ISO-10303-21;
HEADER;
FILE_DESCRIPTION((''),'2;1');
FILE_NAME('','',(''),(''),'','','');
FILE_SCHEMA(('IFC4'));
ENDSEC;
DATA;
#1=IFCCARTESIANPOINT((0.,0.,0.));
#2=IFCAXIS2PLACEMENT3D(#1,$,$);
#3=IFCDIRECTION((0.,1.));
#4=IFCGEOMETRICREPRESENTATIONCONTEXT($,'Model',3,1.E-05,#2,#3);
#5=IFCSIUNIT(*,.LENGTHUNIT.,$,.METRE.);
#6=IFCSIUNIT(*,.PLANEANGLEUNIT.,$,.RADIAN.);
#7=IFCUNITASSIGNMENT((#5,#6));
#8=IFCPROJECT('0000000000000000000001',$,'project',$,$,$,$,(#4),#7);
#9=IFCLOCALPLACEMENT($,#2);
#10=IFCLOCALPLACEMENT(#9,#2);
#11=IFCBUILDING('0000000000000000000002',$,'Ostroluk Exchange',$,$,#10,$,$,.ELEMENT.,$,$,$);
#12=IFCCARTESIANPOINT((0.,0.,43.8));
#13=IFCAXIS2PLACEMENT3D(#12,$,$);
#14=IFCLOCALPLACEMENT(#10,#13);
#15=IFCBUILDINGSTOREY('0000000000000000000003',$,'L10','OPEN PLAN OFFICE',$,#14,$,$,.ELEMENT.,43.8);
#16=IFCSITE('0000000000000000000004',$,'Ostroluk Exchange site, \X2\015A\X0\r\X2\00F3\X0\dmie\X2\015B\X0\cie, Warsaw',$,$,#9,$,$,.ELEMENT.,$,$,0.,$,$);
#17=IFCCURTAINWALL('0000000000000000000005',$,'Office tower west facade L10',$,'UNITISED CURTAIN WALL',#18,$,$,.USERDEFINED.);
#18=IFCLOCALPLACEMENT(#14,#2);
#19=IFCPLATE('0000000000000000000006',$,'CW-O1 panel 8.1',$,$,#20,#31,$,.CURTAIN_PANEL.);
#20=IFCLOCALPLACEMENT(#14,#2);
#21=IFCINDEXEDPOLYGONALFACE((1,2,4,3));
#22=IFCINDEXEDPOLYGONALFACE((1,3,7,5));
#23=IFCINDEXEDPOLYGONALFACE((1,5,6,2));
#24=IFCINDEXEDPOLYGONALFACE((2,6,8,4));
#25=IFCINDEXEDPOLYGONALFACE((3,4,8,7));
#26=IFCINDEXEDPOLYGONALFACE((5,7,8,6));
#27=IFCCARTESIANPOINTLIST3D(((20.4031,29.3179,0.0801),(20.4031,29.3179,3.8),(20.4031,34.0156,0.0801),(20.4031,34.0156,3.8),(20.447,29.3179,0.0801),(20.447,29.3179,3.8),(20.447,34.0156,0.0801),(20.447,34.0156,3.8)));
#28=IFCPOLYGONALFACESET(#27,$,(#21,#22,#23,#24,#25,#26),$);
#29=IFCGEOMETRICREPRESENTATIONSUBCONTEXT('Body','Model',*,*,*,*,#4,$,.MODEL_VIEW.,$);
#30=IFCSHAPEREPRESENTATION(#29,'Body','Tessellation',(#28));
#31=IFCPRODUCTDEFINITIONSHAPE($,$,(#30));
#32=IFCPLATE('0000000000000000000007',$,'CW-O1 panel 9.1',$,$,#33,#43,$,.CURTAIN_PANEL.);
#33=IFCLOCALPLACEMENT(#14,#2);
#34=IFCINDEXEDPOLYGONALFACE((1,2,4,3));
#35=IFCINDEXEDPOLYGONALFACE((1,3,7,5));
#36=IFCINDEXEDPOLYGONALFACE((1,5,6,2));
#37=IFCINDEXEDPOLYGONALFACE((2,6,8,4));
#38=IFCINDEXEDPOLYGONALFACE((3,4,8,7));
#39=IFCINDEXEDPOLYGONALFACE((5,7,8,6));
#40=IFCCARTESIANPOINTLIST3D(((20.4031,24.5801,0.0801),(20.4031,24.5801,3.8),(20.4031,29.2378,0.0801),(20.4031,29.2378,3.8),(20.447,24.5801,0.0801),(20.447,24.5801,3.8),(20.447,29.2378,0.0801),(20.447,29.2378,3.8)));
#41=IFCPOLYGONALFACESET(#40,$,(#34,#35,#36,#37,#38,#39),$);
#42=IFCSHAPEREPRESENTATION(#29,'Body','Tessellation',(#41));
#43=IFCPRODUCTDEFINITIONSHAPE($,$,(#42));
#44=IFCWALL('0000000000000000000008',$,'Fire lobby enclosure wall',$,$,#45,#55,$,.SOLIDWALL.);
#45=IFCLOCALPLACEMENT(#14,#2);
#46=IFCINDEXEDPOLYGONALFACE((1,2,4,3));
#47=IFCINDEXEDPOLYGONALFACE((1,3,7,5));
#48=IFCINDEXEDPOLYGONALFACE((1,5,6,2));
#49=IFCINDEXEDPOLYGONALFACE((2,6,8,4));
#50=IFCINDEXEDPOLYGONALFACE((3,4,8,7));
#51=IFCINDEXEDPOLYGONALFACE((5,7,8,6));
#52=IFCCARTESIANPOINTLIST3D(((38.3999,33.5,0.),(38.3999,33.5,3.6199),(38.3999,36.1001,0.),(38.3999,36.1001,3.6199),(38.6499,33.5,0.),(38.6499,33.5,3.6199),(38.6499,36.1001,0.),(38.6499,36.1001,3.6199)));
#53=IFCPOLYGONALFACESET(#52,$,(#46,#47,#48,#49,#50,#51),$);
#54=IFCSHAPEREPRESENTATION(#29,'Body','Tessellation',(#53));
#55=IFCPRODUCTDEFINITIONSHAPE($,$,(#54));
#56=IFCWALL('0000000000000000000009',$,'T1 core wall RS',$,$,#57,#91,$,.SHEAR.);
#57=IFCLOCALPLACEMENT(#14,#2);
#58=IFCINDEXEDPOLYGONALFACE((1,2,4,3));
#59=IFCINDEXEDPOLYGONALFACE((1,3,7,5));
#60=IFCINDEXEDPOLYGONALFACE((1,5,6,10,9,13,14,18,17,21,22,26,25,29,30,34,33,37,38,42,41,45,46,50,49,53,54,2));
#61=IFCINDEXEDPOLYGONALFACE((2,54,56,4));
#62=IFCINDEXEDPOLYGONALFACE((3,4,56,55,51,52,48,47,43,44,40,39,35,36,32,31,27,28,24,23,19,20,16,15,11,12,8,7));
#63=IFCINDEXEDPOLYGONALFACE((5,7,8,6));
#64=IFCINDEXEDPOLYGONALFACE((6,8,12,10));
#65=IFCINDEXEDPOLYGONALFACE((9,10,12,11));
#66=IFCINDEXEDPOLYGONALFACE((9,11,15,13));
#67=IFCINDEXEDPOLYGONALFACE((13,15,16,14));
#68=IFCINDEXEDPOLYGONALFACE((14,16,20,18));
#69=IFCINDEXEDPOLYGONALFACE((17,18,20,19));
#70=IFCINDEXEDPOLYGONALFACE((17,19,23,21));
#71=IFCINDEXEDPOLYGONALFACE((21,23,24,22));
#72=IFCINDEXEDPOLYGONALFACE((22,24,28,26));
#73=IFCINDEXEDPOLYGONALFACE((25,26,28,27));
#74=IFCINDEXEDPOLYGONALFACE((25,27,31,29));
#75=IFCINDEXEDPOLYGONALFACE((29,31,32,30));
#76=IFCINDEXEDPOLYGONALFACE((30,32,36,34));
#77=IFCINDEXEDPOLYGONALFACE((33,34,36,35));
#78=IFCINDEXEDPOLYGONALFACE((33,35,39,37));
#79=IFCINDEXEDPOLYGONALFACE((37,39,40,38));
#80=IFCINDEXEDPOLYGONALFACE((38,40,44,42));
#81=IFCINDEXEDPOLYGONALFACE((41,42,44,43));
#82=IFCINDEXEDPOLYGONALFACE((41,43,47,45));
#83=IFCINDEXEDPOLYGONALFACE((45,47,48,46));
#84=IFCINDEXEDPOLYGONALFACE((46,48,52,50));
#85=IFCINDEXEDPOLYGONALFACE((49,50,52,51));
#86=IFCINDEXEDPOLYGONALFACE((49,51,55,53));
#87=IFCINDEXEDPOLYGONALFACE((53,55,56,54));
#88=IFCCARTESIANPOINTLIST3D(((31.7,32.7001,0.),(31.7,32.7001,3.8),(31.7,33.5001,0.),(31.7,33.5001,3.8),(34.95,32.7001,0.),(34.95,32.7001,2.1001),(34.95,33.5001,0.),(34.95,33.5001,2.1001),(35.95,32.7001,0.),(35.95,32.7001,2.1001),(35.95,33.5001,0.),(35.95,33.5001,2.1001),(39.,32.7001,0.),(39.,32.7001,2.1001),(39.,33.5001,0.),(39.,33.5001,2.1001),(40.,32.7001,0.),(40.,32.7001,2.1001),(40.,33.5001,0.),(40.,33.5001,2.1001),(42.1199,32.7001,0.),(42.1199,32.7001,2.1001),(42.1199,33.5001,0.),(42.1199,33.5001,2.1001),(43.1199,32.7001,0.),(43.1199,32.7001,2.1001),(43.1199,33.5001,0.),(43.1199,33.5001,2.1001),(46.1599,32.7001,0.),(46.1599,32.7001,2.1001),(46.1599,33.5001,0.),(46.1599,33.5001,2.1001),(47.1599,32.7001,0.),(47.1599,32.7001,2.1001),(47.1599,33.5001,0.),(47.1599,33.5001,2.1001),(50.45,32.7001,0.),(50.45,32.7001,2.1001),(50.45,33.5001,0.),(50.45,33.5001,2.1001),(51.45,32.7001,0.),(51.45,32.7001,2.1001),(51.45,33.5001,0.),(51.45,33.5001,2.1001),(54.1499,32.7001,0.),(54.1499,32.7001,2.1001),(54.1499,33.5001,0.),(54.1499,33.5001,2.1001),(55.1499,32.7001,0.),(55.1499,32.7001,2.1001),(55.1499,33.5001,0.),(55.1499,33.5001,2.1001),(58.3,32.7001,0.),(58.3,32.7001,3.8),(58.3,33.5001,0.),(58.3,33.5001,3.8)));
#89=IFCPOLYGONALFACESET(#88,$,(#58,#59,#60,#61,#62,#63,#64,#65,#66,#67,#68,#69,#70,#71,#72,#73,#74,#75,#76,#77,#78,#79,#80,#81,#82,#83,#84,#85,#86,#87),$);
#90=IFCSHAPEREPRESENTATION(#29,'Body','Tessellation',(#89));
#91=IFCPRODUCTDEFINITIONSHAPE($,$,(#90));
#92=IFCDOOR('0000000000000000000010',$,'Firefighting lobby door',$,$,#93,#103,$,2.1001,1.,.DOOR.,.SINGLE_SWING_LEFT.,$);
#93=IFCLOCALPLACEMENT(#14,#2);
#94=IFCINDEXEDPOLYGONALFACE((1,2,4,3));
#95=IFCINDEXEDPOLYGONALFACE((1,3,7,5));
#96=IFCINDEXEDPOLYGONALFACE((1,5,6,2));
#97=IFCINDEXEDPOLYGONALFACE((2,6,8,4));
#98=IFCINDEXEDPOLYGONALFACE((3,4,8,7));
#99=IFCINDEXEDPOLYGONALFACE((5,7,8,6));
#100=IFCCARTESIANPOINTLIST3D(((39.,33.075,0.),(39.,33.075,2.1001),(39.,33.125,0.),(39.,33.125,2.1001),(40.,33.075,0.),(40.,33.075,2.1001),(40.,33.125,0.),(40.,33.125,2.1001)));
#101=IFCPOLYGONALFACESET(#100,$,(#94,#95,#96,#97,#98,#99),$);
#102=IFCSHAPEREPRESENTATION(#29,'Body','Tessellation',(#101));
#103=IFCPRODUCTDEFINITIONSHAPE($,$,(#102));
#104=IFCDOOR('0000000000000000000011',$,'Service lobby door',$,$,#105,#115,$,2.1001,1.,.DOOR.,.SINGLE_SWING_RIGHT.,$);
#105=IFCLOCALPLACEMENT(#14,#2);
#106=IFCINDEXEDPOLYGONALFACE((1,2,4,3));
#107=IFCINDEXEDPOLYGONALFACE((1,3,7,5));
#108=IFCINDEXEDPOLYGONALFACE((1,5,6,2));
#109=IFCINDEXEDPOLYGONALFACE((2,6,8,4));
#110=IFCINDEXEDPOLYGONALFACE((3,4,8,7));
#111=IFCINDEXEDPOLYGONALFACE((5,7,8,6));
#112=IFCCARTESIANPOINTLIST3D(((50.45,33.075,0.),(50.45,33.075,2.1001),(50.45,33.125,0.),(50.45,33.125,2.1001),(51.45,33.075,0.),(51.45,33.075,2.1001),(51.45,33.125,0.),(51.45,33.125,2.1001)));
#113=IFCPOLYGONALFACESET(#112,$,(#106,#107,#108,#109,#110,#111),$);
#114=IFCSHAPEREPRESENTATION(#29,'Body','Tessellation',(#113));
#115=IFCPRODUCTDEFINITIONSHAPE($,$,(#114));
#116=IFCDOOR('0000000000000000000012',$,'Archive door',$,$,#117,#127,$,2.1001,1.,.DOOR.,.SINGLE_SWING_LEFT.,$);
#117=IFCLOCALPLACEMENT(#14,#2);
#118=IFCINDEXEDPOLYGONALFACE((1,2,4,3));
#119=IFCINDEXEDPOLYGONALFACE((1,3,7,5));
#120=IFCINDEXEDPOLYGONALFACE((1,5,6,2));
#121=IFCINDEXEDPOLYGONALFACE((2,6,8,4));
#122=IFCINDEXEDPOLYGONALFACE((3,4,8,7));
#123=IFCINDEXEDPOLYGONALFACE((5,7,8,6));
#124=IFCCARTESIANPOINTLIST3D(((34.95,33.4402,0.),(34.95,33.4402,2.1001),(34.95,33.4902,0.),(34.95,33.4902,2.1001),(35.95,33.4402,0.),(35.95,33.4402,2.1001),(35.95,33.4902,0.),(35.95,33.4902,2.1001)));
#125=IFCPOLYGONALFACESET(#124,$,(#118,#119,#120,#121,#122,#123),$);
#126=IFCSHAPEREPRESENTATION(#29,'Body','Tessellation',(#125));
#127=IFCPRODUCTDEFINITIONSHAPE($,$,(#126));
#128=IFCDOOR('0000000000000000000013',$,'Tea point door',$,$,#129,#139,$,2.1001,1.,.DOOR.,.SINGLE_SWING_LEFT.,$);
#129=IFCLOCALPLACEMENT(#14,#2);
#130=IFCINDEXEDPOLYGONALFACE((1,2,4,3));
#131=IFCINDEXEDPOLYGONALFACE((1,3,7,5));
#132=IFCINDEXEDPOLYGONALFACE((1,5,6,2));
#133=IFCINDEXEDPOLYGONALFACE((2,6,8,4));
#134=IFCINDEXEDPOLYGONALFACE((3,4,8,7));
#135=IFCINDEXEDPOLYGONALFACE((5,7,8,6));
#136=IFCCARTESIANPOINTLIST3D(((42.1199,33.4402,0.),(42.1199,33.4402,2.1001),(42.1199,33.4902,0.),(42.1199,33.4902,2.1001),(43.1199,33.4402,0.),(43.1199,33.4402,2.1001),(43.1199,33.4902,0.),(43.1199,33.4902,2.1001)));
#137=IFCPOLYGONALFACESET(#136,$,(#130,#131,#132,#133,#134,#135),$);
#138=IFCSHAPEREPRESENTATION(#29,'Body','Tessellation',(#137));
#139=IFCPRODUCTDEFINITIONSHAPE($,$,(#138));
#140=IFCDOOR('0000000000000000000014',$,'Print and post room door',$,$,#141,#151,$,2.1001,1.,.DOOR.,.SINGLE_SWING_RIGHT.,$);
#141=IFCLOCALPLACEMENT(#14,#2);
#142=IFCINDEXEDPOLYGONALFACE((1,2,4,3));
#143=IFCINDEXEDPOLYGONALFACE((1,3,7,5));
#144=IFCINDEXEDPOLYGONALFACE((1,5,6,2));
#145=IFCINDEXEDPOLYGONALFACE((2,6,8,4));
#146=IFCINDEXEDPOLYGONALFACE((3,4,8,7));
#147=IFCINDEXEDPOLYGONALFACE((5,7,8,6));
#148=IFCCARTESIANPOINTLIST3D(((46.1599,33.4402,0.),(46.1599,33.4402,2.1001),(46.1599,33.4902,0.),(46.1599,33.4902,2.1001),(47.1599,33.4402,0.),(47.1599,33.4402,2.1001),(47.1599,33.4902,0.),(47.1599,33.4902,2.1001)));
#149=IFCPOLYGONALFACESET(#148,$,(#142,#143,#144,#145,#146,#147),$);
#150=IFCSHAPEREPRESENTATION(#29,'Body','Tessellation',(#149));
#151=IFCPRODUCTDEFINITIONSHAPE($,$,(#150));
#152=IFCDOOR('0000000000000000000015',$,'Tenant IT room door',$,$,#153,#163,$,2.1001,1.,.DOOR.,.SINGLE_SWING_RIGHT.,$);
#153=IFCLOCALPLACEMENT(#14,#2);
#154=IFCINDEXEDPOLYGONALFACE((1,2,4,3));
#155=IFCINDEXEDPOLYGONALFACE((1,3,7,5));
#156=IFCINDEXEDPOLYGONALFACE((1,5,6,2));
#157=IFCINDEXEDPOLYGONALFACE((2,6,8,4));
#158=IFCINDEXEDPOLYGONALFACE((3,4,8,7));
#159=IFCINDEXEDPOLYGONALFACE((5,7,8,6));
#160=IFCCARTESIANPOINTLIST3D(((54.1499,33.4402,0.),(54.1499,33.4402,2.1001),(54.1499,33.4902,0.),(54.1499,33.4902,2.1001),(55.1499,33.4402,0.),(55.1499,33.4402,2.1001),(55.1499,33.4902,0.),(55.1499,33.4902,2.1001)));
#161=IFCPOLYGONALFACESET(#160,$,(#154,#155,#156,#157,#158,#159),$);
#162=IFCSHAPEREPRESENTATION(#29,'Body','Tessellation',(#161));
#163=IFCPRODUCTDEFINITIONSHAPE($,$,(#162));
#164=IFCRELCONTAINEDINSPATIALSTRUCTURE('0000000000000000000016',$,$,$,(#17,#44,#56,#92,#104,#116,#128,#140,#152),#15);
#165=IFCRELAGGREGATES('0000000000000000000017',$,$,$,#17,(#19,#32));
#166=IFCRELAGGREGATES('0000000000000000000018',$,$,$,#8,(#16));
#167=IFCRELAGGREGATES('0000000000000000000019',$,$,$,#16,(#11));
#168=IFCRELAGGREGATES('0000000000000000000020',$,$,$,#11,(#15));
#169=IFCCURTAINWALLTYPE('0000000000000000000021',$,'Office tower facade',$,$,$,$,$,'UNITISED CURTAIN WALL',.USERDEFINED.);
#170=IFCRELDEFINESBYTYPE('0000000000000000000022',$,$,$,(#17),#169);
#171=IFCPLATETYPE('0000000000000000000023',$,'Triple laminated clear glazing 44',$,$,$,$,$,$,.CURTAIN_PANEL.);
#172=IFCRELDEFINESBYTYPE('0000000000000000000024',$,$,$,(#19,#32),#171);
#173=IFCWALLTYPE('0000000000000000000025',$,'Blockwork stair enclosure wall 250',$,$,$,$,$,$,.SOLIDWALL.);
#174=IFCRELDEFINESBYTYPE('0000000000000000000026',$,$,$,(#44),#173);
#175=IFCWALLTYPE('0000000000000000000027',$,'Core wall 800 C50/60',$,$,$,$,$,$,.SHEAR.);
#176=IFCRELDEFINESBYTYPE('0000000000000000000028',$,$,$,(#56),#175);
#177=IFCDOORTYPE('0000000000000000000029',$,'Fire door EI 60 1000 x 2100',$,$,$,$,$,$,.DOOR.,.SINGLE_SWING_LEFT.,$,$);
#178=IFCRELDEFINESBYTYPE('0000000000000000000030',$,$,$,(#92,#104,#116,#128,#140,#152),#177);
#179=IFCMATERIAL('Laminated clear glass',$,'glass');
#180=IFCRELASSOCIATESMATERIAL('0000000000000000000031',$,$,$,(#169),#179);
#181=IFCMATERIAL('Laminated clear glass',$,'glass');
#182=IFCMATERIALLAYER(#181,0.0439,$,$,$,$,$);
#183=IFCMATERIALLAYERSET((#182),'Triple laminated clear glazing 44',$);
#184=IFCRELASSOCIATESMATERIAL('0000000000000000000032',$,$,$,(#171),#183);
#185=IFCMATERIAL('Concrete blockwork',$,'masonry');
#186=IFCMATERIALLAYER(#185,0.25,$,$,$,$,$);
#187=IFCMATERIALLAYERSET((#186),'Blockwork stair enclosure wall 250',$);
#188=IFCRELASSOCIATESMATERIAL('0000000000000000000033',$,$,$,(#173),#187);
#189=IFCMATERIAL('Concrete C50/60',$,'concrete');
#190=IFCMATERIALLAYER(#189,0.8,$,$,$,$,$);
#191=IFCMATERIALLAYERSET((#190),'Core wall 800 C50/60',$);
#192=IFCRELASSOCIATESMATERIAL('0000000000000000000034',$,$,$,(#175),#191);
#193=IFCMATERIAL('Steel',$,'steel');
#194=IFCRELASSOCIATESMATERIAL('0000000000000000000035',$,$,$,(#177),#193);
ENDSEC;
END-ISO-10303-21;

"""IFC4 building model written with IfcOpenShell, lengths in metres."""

from ifc_helpers import new_model, si_unit, direction, frame, frame_2d, origin, origin_2d, place, context, subcontext, project, spatial, rectangle, extrude, material, layer, layer_set, type_object, element, fill, aggregate, save


model = new_model("IFC4")

# Units and contexts
model_context = context("Model", 3, precision=1e-05, world=origin(), true_north=direction((0.0, 1.0)))
body_context = subcontext(model_context, "Body", "Model", "MODEL_VIEW")
ifc_project = project(units=[si_unit("LENGTHUNIT", "METRE"), si_unit("PLANEANGLEUNIT", "RADIAN")], contexts=[model_context])

# Site, building, storey
site_placement = place(None, origin())
site = spatial("IfcSite", under=ifc_project, at=site_placement, Name="Ostroluk Exchange site, Śródmieście, Warsaw", CompositionType="ELEMENT", RefElevation=0.0)
building_placement = place(site_placement, origin())
building = spatial("IfcBuilding", under=site, at=building_placement, Name="Ostroluk Exchange", CompositionType="ELEMENT")
storey_placement = place(building_placement, frame((0.0, 0.0, 43.8)))
storey = spatial("IfcBuildingStorey", under=building, at=storey_placement, Name="L10", Description="OPEN PLAN OFFICE", CompositionType="ELEMENT", Elevation=43.8)

# Curtain wall, plates
ifc_material_1 = material(Name="Laminated clear glass", Category="glass")
curtain_wall_type = type_object("IfcCurtainWallType", Name="Office tower facade", ElementType="UNITISED CURTAIN WALL", PredefinedType="USERDEFINED", material=ifc_material_1)
curtain_wall_placement = place(storey_placement, origin())
curtain_wall = element("IfcCurtainWall", 1, at=curtain_wall_placement, inside=storey, type_object=curtain_wall_type, Name="Office tower west facade L10", ObjectType="UNITISED CURTAIN WALL", PredefinedType="USERDEFINED")
ifc_material_2 = material(Name="Laminated clear glass", Category="glass")
ifc_layer_1 = layer(ifc_material_2, 0.0439)
ifc_layer_set_1 = layer_set([ifc_layer_1], Name="Triple laminated clear glazing 44")
plate_type = type_object("IfcPlateType", Name="Triple laminated clear glazing 44", PredefinedType="CURTAIN_PANEL", material=ifc_layer_set_1)
plate_1_placement = place(storey_placement, frame((20.425, 31.6667, 0.0801), z_axis=(0.0, 0.0, 1.0), x_axis=(0.0, -1.0, 0.0)))
plate_1 = element("IfcPlate", 2, at=plate_1_placement, type_object=plate_type, Name="CW-O1 panel 8.1", PredefinedType="CURTAIN_PANEL", context=body_context, shape_type="SweptSolid", body=[
    extrude(rectangle(XDim=4.6978, YDim=0.0439, at=origin_2d()), origin(), (0.0, 0.0, 1.0), 3.72),
])
plate_2_placement = place(storey_placement, frame((20.425, 26.9089, 0.0801), z_axis=(0.0, 0.0, 1.0), x_axis=(0.0, -1.0, 0.0)))
plate_2 = element("IfcPlate", 3, at=plate_2_placement, type_object=plate_type, Name="CW-O1 panel 9.1", PredefinedType="CURTAIN_PANEL", context=body_context, shape_type="SweptSolid", body=[
    extrude(rectangle(XDim=4.6577, YDim=0.0439, at=origin_2d()), origin(), (0.0, 0.0, 1.0), 3.72),
])
aggregate(curtain_wall, [plate_1, plate_2])

# Wall
ifc_material_3 = material(Name="Concrete blockwork", Category="masonry")
ifc_layer_2 = layer(ifc_material_3, 0.25)
ifc_layer_set_2 = layer_set([ifc_layer_2], Name="Blockwork stair enclosure wall 250")
wall_type_1 = type_object("IfcWallType", Name="Blockwork stair enclosure wall 250", PredefinedType="SOLIDWALL", material=ifc_layer_set_2)
wall_1_placement = place(storey_placement, frame((38.5249, 33.5, 0.0), z_axis=(0.0, 0.0, 1.0), x_axis=(0.0, 1.0, 0.0)))
element("IfcWall", 4, at=wall_1_placement, inside=storey, type_object=wall_type_1, Name="Fire lobby enclosure wall", PredefinedType="SOLIDWALL", context=body_context, shape_type="SweptSolid", body=[
    extrude(rectangle(XDim=2.6001, YDim=0.25, at=frame_2d((1.3, 0.0))), origin(), (0.0, 0.0, 1.0), 3.6199),
])

# Wall, openings, doors
ifc_material_4 = material(Name="Concrete C50/60", Category="concrete")
ifc_layer_3 = layer(ifc_material_4, 0.8)
ifc_layer_set_3 = layer_set([ifc_layer_3], Name="Core wall 800 C50/60")
wall_type_2 = type_object("IfcWallType", Name="Core wall 800 C50/60", PredefinedType="SHEAR", material=ifc_layer_set_3)
wall_2_placement = place(storey_placement, frame((31.7, 33.1001, 0.0), z_axis=(0.0, 0.0, 1.0), x_axis=(1.0, 0.0, 0.0)))
wall_2 = element("IfcWall", 5, at=wall_2_placement, inside=storey, type_object=wall_type_2, Name="T1 core wall RS", PredefinedType="SHEAR", context=body_context, shape_type="SweptSolid", body=[
    extrude(rectangle(XDim=26.6001, YDim=0.8, at=frame_2d((13.3, 0.0))), origin(), (0.0, 0.0, 1.0), 3.8),
])
opening_1_placement = place(wall_2_placement, frame((7.3, 0.0, 0.0)))
opening_1 = element("IfcOpeningElement", 6, at=opening_1_placement, cuts=wall_2, PredefinedType="OPENING", context=body_context, shape_type="SweptSolid", body=[
    extrude(rectangle(XDim=1.0, YDim=2.1001, at=frame_2d((0.5, 1.05))), frame((0.0, 0.4099, 0.0), z_axis=(0.0, -1.0, 0.0), x_axis=(1.0, 0.0, 0.0)), (0.0, 0.0, 1.0), 0.8201),
])
opening_2_placement = place(wall_2_placement, frame((18.75, 0.0, 0.0)))
opening_2 = element("IfcOpeningElement", 7, at=opening_2_placement, cuts=wall_2, PredefinedType="OPENING", context=body_context, shape_type="SweptSolid", body=[
    extrude(rectangle(XDim=1.0, YDim=2.1001, at=frame_2d((0.5, 1.05))), frame((0.0, 0.4099, 0.0), z_axis=(0.0, -1.0, 0.0), x_axis=(1.0, 0.0, 0.0)), (0.0, 0.0, 1.0), 0.8201),
])
opening_3_placement = place(wall_2_placement, frame((3.25, 0.0, 0.0)))
opening_3 = element("IfcOpeningElement", 8, at=opening_3_placement, cuts=wall_2, PredefinedType="OPENING", context=body_context, shape_type="SweptSolid", body=[
    extrude(rectangle(XDim=1.0, YDim=2.1001, at=frame_2d((0.5, 1.05))), frame((0.0, 0.4099, 0.0), z_axis=(0.0, -1.0, 0.0), x_axis=(1.0, 0.0, 0.0)), (0.0, 0.0, 1.0), 0.8201),
])
opening_4_placement = place(wall_2_placement, frame((10.4199, 0.0, 0.0)))
opening_4 = element("IfcOpeningElement", 9, at=opening_4_placement, cuts=wall_2, PredefinedType="OPENING", context=body_context, shape_type="SweptSolid", body=[
    extrude(rectangle(XDim=1.0, YDim=2.1001, at=frame_2d((0.5, 1.05))), frame((0.0, 0.4099, 0.0), z_axis=(0.0, -1.0, 0.0), x_axis=(1.0, 0.0, 0.0)), (0.0, 0.0, 1.0), 0.8201),
])
opening_5_placement = place(wall_2_placement, frame((14.46, 0.0, 0.0)))
opening_5 = element("IfcOpeningElement", 10, at=opening_5_placement, cuts=wall_2, PredefinedType="OPENING", context=body_context, shape_type="SweptSolid", body=[
    extrude(rectangle(XDim=1.0, YDim=2.1001, at=frame_2d((0.5, 1.05))), frame((0.0, 0.4099, 0.0), z_axis=(0.0, -1.0, 0.0), x_axis=(1.0, 0.0, 0.0)), (0.0, 0.0, 1.0), 0.8201),
])
opening_6_placement = place(wall_2_placement, frame((22.45, 0.0, 0.0)))
opening_6 = element("IfcOpeningElement", 11, at=opening_6_placement, cuts=wall_2, PredefinedType="OPENING", context=body_context, shape_type="SweptSolid", body=[
    extrude(rectangle(XDim=1.0, YDim=2.1001, at=frame_2d((0.5, 1.05))), frame((0.0, 0.4099, 0.0), z_axis=(0.0, -1.0, 0.0), x_axis=(1.0, 0.0, 0.0)), (0.0, 0.0, 1.0), 0.8201),
])
ifc_material_5 = material(Name="Steel", Category="steel")
door_type_1 = type_object("IfcDoorType", Name="Fire door EI 60 1000 x 2100", OperationType="SINGLE_SWING_LEFT", PredefinedType="DOOR", material=ifc_material_5)
door_1_placement = place(opening_1_placement, origin())
door_1 = element("IfcDoor", 12, at=door_1_placement, inside=storey, type_object=door_type_1, Name="Firefighting lobby door", OperationType="SINGLE_SWING_LEFT", OverallHeight=2.1001, OverallWidth=1.0, PredefinedType="DOOR", context=body_context, shape_type="SweptSolid", body=[
    extrude(rectangle(XDim=1.0, YDim=2.1001, at=frame_2d((0.5, 1.05))), frame((0.0, 0.0249, 0.0), z_axis=(0.0, -1.0, 0.0), x_axis=(1.0, 0.0, 0.0)), (0.0, 0.0, 1.0), 0.05),
])
fill(opening_1, door_1)
door_2_placement = place(opening_2_placement, origin())
door_2 = element("IfcDoor", 13, at=door_2_placement, inside=storey, type_object=door_type_1, Name="Service lobby door", OperationType="SINGLE_SWING_RIGHT", OverallHeight=2.1001, OverallWidth=1.0, PredefinedType="DOOR", context=body_context, shape_type="SweptSolid", body=[
    extrude(rectangle(XDim=1.0, YDim=2.1001, at=frame_2d((0.5, 1.05))), frame((0.0, 0.0249, 0.0), z_axis=(0.0, -1.0, 0.0), x_axis=(1.0, 0.0, 0.0)), (0.0, 0.0, 1.0), 0.05),
])
fill(opening_2, door_2)
door_3_placement = place(opening_3_placement, origin())
door_3 = element("IfcDoor", 14, at=door_3_placement, inside=storey, type_object=door_type_1, Name="Archive door", OperationType="SINGLE_SWING_LEFT", OverallHeight=2.1001, OverallWidth=1.0, PredefinedType="DOOR", context=body_context, shape_type="SweptSolid", body=[
    extrude(rectangle(XDim=1.0, YDim=2.1001, at=frame_2d((0.5, 1.05))), frame((0.0, 0.3901, 0.0), z_axis=(0.0, -1.0, 0.0), x_axis=(1.0, 0.0, 0.0)), (0.0, 0.0, 1.0), 0.05),
])
fill(opening_3, door_3)
door_4_placement = place(opening_4_placement, origin())
door_4 = element("IfcDoor", 15, at=door_4_placement, inside=storey, type_object=door_type_1, Name="Tea point door", OperationType="SINGLE_SWING_LEFT", OverallHeight=2.1001, OverallWidth=1.0, PredefinedType="DOOR", context=body_context, shape_type="SweptSolid", body=[
    extrude(rectangle(XDim=1.0, YDim=2.1001, at=frame_2d((0.5, 1.05))), frame((0.0, 0.3901, 0.0), z_axis=(0.0, -1.0, 0.0), x_axis=(1.0, 0.0, 0.0)), (0.0, 0.0, 1.0), 0.05),
])
fill(opening_4, door_4)
door_5_placement = place(opening_5_placement, origin())
door_5 = element("IfcDoor", 16, at=door_5_placement, inside=storey, type_object=door_type_1, Name="Print and post room door", OperationType="SINGLE_SWING_RIGHT", OverallHeight=2.1001, OverallWidth=1.0, PredefinedType="DOOR", context=body_context, shape_type="SweptSolid", body=[
    extrude(rectangle(XDim=1.0, YDim=2.1001, at=frame_2d((0.5, 1.05))), frame((0.0, 0.3901, 0.0), z_axis=(0.0, -1.0, 0.0), x_axis=(1.0, 0.0, 0.0)), (0.0, 0.0, 1.0), 0.05),
])
fill(opening_5, door_5)
door_6_placement = place(opening_6_placement, origin())
door_6 = element("IfcDoor", 17, at=door_6_placement, inside=storey, type_object=door_type_1, Name="Tenant IT room door", OperationType="SINGLE_SWING_RIGHT", OverallHeight=2.1001, OverallWidth=1.0, PredefinedType="DOOR", context=body_context, shape_type="SweptSolid", body=[
    extrude(rectangle(XDim=1.0, YDim=2.1001, at=frame_2d((0.5, 1.05))), frame((0.0, 0.3901, 0.0), z_axis=(0.0, -1.0, 0.0), x_axis=(1.0, 0.0, 0.0)), (0.0, 0.0, 1.0), 0.05),
])
fill(opening_6, door_6)

save(model, "model.ifc")
